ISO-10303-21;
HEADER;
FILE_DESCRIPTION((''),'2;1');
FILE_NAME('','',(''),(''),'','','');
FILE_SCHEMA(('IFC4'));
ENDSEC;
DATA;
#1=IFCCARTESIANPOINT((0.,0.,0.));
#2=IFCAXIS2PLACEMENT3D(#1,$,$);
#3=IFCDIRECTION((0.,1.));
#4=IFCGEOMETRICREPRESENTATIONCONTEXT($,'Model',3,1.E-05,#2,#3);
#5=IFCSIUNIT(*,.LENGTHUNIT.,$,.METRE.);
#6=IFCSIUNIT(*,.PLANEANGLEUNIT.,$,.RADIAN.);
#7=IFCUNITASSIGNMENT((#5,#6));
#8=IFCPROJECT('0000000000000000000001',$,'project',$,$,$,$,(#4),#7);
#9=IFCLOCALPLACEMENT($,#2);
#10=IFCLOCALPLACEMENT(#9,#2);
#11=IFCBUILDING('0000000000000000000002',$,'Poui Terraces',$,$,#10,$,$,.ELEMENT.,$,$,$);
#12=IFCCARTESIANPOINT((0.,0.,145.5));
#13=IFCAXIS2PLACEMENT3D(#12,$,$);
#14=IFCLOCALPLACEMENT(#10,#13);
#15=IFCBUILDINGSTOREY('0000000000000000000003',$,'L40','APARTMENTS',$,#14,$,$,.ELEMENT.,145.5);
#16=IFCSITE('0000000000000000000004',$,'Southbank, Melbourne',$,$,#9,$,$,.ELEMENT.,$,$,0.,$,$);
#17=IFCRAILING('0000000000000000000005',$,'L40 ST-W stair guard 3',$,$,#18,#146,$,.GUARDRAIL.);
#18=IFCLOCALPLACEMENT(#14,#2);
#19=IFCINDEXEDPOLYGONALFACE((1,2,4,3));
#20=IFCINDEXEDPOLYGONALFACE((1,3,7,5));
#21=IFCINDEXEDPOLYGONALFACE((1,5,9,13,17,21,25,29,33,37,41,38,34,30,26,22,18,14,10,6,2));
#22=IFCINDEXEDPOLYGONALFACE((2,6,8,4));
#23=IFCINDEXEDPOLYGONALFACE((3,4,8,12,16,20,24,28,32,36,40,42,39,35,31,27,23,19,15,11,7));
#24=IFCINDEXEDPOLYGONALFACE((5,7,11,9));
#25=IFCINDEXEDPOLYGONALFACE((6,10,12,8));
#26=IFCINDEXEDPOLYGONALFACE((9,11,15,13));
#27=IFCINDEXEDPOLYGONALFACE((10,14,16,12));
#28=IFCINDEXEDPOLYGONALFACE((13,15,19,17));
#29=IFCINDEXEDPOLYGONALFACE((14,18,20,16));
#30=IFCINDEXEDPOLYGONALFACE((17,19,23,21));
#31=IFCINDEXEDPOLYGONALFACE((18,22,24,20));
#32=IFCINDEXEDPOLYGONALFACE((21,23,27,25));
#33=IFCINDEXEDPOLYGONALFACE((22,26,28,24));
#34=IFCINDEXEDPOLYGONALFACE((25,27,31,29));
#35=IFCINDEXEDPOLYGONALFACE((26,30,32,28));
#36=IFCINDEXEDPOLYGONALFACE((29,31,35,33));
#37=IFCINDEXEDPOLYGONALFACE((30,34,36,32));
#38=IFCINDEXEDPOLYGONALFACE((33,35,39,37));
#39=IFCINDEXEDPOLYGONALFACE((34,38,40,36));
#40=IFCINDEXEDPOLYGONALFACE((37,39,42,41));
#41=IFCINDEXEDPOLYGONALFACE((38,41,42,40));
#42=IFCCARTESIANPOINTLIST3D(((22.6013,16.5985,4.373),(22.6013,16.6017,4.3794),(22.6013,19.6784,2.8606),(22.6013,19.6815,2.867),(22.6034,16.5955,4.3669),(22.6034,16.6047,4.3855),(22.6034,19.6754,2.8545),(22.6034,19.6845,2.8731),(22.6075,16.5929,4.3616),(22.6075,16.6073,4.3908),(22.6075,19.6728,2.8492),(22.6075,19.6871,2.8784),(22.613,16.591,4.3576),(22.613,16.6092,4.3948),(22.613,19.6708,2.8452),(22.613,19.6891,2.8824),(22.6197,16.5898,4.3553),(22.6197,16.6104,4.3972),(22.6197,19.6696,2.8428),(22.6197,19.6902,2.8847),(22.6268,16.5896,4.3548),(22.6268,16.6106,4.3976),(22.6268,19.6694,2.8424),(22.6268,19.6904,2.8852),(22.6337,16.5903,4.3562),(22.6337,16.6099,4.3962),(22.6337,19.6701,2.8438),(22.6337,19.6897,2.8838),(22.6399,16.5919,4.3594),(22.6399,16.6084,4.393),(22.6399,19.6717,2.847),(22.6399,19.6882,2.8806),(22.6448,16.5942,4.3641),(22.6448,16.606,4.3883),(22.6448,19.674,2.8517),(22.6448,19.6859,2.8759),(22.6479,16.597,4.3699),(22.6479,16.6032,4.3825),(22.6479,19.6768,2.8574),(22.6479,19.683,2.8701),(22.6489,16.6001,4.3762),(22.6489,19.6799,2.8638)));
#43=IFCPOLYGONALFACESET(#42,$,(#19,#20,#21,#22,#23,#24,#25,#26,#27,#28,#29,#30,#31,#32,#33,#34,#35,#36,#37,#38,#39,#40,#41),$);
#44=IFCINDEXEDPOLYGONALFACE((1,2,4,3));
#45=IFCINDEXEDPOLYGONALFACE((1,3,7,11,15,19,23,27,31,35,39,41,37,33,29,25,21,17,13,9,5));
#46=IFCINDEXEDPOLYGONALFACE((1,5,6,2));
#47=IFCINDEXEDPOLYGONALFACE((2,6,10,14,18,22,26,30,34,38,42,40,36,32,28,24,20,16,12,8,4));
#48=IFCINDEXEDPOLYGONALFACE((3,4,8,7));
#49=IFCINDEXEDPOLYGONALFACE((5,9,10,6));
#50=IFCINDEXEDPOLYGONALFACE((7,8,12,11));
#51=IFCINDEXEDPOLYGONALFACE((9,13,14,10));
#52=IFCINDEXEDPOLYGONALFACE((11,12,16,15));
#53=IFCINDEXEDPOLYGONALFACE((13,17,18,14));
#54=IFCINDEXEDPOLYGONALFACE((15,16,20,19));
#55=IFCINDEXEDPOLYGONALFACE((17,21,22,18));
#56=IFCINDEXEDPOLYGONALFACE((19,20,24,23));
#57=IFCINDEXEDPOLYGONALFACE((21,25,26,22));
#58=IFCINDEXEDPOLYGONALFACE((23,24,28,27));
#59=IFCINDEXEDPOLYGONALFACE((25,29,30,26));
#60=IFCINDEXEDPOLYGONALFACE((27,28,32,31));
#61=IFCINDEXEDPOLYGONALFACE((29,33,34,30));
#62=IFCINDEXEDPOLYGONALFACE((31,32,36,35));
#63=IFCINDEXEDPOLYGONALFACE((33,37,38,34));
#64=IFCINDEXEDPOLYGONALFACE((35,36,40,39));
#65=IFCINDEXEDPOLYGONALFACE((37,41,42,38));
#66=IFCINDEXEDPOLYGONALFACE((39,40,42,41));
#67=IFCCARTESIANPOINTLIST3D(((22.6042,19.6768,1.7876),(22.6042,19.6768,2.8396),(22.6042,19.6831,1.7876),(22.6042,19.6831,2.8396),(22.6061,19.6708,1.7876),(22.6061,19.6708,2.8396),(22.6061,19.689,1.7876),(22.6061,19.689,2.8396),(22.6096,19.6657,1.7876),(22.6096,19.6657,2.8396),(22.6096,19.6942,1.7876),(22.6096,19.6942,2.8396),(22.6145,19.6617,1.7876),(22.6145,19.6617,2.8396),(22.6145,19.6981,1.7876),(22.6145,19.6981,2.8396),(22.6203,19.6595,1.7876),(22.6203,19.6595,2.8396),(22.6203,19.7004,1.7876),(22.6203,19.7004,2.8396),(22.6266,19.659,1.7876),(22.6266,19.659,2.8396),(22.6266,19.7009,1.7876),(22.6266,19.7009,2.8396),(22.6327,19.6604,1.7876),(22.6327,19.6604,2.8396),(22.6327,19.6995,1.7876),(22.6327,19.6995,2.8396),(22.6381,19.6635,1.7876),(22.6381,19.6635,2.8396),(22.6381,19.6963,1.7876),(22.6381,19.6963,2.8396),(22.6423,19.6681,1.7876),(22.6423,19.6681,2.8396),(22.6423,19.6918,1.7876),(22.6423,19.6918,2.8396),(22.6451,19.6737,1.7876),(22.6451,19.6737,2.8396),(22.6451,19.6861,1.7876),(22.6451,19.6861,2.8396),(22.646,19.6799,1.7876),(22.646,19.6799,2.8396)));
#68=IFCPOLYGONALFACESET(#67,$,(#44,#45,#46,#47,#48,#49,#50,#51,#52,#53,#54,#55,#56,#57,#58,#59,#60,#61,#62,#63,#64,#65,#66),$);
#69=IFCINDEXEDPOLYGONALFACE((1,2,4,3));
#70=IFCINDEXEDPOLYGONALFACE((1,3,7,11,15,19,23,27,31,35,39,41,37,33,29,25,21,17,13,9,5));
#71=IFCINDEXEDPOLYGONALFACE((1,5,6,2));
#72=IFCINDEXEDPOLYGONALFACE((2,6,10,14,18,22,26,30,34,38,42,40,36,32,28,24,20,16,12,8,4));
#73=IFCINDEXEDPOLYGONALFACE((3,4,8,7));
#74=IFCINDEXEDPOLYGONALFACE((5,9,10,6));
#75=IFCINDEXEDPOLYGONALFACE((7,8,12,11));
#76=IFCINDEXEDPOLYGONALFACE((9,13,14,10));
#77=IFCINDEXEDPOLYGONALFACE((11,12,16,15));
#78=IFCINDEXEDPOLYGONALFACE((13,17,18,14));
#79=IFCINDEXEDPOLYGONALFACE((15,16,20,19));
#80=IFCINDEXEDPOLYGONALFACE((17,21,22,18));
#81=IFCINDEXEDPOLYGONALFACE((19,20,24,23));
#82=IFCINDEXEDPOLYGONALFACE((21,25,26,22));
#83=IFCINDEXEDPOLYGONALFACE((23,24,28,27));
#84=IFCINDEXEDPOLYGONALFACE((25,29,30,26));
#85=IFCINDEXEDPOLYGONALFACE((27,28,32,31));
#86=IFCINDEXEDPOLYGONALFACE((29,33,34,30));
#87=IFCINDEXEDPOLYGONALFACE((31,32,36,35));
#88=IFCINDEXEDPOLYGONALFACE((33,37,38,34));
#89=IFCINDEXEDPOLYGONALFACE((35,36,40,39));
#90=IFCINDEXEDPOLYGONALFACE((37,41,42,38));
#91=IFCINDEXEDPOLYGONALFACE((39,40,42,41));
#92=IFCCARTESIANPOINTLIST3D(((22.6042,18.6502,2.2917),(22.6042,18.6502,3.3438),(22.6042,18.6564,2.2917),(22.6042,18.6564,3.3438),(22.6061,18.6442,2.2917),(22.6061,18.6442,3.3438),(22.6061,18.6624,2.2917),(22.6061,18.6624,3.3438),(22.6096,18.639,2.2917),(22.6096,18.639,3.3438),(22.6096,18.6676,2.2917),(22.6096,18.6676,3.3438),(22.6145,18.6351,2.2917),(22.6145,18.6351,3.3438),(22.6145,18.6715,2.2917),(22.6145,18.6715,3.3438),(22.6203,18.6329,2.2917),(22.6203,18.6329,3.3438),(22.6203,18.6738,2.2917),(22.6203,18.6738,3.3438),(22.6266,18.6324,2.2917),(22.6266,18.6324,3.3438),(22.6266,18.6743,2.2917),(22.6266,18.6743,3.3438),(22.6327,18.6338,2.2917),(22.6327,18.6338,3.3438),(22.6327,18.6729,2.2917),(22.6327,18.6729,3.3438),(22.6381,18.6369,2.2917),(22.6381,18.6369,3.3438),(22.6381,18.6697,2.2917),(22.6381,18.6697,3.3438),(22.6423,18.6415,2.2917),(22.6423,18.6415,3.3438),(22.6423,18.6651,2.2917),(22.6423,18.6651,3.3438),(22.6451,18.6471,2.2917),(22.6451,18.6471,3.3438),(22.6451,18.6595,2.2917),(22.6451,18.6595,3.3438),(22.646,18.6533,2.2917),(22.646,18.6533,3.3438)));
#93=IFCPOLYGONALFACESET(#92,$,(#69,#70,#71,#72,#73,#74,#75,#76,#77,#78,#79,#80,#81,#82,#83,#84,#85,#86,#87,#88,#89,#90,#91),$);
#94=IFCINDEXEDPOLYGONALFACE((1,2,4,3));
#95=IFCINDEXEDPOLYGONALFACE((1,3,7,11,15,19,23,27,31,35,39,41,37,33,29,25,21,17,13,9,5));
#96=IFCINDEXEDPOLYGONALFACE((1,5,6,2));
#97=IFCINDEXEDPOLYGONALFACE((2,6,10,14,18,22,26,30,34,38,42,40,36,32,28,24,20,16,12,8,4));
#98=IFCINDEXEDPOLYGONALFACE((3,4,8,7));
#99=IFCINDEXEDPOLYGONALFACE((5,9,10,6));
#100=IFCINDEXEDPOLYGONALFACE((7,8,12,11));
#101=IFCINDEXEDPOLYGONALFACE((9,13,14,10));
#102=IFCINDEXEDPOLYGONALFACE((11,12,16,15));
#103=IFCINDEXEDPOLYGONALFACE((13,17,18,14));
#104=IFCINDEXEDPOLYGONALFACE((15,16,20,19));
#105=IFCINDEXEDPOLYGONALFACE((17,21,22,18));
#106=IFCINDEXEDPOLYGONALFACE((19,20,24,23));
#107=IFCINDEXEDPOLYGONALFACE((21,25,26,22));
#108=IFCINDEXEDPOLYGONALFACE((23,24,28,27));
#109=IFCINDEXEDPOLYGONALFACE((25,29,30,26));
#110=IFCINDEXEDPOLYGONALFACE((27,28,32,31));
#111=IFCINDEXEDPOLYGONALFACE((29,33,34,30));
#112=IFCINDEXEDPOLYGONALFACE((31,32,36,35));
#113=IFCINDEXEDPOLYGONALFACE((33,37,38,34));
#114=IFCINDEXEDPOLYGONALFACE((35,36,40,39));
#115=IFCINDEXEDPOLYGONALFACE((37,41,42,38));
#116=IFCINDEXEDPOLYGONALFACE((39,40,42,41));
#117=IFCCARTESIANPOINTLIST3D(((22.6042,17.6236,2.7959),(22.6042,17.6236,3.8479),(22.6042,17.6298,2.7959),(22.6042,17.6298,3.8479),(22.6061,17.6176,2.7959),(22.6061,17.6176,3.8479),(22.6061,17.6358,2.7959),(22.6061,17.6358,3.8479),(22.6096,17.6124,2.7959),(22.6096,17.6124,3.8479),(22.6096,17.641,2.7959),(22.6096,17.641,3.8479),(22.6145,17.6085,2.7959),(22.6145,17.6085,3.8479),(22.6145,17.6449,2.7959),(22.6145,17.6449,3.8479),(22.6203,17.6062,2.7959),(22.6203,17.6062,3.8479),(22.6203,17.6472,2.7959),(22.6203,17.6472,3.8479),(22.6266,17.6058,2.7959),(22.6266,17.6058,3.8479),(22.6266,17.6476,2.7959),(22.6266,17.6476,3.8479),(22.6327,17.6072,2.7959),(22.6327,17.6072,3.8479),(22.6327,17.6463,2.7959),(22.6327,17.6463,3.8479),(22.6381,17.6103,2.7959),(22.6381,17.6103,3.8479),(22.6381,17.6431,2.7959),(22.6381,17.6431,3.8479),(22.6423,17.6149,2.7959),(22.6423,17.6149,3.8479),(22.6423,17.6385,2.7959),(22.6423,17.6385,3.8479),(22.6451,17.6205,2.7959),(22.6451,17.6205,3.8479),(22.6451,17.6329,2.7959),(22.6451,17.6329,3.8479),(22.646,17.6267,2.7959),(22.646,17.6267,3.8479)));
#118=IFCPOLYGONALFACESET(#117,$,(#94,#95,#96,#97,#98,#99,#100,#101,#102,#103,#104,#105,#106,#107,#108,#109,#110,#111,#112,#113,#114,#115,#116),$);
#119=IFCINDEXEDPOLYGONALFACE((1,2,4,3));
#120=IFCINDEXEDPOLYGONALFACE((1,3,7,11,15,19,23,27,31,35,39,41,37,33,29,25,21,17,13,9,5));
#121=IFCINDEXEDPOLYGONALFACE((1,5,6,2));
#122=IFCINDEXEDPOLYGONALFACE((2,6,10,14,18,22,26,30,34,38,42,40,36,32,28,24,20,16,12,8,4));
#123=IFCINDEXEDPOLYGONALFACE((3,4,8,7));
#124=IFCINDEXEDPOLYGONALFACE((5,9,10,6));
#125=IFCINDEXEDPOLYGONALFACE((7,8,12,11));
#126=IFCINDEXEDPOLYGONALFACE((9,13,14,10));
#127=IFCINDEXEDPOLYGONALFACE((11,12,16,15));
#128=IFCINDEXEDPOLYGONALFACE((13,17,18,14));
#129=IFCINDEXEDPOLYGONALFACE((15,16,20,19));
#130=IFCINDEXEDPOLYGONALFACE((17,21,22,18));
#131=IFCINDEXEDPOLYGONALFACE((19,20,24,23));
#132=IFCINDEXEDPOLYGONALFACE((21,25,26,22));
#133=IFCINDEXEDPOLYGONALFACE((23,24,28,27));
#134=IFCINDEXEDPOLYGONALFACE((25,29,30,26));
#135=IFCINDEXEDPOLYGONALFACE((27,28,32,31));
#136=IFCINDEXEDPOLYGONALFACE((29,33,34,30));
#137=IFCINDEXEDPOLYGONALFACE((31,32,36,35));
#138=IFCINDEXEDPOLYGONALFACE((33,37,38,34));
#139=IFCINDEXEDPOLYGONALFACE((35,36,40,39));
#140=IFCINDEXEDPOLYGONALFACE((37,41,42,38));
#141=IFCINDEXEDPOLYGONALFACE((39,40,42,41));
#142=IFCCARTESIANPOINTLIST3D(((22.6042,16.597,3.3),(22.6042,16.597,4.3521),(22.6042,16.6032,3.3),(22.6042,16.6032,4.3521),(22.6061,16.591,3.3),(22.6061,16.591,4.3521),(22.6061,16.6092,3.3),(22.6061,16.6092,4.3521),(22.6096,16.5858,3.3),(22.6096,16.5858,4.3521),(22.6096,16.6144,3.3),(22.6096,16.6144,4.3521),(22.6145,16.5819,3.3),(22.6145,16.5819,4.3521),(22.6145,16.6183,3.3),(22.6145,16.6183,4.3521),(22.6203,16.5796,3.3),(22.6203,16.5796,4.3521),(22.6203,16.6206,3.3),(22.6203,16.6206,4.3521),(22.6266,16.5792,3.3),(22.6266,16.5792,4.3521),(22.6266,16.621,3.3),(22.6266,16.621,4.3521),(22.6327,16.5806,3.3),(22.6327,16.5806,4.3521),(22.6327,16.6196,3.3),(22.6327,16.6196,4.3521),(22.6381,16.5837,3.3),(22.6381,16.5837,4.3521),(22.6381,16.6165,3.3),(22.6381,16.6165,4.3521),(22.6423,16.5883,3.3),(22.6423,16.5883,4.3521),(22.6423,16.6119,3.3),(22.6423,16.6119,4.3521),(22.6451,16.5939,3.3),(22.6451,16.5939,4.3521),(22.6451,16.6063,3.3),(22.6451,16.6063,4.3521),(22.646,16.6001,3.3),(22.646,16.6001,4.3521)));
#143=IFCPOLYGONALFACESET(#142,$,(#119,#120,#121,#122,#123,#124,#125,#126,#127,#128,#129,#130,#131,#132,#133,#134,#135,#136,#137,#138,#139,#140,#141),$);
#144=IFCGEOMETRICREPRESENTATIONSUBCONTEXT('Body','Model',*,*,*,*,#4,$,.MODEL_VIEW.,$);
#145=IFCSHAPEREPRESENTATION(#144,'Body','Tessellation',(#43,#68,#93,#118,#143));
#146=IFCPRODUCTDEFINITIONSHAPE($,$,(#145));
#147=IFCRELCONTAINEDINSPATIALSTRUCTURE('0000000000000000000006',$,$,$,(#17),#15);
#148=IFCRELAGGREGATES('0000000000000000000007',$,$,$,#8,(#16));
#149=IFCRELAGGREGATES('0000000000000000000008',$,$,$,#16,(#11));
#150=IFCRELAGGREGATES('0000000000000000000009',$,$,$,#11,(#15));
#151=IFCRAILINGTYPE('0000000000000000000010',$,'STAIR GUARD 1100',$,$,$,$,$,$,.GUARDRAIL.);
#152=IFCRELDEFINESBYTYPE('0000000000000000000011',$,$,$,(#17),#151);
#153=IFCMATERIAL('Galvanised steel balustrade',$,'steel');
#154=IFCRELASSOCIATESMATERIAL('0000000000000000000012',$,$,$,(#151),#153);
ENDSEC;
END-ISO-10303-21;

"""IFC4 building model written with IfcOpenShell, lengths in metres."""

from ifc_helpers import new_model, si_unit, direction, frame, origin, origin_2d, place, context, subcontext, project, spatial, circle, extrude, material, type_object, element, save


model = new_model("IFC4")

# Units and contexts
model_context = context("Model", 3, precision=1e-05, world=origin(), true_north=direction((0.0, 1.0)))
body_context = subcontext(model_context, "Body", "Model", "MODEL_VIEW")
ifc_project = project(units=[si_unit("LENGTHUNIT", "METRE"), si_unit("PLANEANGLEUNIT", "RADIAN")], contexts=[model_context])

# Site, building, storey
site_placement = place(None, origin())
site = spatial("IfcSite", under=ifc_project, at=site_placement, Name="Southbank, Melbourne", CompositionType="ELEMENT", RefElevation=0.0)
building_placement = place(site_placement, origin())
building = spatial("IfcBuilding", under=site, at=building_placement, Name="Poui Terraces", CompositionType="ELEMENT")
storey_placement = place(building_placement, frame((0.0, 0.0, 145.5)))
storey = spatial("IfcBuildingStorey", under=building, at=storey_placement, Name="L40", Description="APARTMENTS", CompositionType="ELEMENT", Elevation=145.5)

# Railing
ifc_material_1 = material(Name="Galvanised steel balustrade", Category="steel")
railing_type_1 = type_object("IfcRailingType", Name="STAIR GUARD 1100", PredefinedType="GUARDRAIL", material=ifc_material_1)
railing_1_placement = place(storey_placement, frame((22.625, 19.6799, 1.7876)))
element("IfcRailing", 1, at=railing_1_placement, inside=storey, type_object=railing_type_1, Name="L40 ST-W stair guard 3", PredefinedType="GUARDRAIL", context=body_context, shape_type="SweptSolid", body=[
    extrude(circle(Radius=0.0239, at=origin_2d()), frame((0.0, 0.0, 1.0762), z_axis=(0.0, -0.897606, 0.440798), x_axis=(1.0, 0.0, 0.0)), (0.0, 0.0, 1.0), 3.4312),
    extrude(circle(Radius=0.021, at=origin_2d()), origin(), (0.0, 0.0, 1.0), 1.052),
    extrude(circle(Radius=0.021, at=origin_2d()), frame((0.0, -1.0266, 0.5042)), (0.0, 0.0, 1.0), 1.052),
    extrude(circle(Radius=0.021, at=origin_2d()), frame((0.0, -2.0532, 1.0083)), (0.0, 0.0, 1.0), 1.052),
    extrude(circle(Radius=0.021, at=origin_2d()), frame((0.0, -3.0798, 1.5125)), (0.0, 0.0, 1.0), 1.052),
])

save(model, "model.ifc")
